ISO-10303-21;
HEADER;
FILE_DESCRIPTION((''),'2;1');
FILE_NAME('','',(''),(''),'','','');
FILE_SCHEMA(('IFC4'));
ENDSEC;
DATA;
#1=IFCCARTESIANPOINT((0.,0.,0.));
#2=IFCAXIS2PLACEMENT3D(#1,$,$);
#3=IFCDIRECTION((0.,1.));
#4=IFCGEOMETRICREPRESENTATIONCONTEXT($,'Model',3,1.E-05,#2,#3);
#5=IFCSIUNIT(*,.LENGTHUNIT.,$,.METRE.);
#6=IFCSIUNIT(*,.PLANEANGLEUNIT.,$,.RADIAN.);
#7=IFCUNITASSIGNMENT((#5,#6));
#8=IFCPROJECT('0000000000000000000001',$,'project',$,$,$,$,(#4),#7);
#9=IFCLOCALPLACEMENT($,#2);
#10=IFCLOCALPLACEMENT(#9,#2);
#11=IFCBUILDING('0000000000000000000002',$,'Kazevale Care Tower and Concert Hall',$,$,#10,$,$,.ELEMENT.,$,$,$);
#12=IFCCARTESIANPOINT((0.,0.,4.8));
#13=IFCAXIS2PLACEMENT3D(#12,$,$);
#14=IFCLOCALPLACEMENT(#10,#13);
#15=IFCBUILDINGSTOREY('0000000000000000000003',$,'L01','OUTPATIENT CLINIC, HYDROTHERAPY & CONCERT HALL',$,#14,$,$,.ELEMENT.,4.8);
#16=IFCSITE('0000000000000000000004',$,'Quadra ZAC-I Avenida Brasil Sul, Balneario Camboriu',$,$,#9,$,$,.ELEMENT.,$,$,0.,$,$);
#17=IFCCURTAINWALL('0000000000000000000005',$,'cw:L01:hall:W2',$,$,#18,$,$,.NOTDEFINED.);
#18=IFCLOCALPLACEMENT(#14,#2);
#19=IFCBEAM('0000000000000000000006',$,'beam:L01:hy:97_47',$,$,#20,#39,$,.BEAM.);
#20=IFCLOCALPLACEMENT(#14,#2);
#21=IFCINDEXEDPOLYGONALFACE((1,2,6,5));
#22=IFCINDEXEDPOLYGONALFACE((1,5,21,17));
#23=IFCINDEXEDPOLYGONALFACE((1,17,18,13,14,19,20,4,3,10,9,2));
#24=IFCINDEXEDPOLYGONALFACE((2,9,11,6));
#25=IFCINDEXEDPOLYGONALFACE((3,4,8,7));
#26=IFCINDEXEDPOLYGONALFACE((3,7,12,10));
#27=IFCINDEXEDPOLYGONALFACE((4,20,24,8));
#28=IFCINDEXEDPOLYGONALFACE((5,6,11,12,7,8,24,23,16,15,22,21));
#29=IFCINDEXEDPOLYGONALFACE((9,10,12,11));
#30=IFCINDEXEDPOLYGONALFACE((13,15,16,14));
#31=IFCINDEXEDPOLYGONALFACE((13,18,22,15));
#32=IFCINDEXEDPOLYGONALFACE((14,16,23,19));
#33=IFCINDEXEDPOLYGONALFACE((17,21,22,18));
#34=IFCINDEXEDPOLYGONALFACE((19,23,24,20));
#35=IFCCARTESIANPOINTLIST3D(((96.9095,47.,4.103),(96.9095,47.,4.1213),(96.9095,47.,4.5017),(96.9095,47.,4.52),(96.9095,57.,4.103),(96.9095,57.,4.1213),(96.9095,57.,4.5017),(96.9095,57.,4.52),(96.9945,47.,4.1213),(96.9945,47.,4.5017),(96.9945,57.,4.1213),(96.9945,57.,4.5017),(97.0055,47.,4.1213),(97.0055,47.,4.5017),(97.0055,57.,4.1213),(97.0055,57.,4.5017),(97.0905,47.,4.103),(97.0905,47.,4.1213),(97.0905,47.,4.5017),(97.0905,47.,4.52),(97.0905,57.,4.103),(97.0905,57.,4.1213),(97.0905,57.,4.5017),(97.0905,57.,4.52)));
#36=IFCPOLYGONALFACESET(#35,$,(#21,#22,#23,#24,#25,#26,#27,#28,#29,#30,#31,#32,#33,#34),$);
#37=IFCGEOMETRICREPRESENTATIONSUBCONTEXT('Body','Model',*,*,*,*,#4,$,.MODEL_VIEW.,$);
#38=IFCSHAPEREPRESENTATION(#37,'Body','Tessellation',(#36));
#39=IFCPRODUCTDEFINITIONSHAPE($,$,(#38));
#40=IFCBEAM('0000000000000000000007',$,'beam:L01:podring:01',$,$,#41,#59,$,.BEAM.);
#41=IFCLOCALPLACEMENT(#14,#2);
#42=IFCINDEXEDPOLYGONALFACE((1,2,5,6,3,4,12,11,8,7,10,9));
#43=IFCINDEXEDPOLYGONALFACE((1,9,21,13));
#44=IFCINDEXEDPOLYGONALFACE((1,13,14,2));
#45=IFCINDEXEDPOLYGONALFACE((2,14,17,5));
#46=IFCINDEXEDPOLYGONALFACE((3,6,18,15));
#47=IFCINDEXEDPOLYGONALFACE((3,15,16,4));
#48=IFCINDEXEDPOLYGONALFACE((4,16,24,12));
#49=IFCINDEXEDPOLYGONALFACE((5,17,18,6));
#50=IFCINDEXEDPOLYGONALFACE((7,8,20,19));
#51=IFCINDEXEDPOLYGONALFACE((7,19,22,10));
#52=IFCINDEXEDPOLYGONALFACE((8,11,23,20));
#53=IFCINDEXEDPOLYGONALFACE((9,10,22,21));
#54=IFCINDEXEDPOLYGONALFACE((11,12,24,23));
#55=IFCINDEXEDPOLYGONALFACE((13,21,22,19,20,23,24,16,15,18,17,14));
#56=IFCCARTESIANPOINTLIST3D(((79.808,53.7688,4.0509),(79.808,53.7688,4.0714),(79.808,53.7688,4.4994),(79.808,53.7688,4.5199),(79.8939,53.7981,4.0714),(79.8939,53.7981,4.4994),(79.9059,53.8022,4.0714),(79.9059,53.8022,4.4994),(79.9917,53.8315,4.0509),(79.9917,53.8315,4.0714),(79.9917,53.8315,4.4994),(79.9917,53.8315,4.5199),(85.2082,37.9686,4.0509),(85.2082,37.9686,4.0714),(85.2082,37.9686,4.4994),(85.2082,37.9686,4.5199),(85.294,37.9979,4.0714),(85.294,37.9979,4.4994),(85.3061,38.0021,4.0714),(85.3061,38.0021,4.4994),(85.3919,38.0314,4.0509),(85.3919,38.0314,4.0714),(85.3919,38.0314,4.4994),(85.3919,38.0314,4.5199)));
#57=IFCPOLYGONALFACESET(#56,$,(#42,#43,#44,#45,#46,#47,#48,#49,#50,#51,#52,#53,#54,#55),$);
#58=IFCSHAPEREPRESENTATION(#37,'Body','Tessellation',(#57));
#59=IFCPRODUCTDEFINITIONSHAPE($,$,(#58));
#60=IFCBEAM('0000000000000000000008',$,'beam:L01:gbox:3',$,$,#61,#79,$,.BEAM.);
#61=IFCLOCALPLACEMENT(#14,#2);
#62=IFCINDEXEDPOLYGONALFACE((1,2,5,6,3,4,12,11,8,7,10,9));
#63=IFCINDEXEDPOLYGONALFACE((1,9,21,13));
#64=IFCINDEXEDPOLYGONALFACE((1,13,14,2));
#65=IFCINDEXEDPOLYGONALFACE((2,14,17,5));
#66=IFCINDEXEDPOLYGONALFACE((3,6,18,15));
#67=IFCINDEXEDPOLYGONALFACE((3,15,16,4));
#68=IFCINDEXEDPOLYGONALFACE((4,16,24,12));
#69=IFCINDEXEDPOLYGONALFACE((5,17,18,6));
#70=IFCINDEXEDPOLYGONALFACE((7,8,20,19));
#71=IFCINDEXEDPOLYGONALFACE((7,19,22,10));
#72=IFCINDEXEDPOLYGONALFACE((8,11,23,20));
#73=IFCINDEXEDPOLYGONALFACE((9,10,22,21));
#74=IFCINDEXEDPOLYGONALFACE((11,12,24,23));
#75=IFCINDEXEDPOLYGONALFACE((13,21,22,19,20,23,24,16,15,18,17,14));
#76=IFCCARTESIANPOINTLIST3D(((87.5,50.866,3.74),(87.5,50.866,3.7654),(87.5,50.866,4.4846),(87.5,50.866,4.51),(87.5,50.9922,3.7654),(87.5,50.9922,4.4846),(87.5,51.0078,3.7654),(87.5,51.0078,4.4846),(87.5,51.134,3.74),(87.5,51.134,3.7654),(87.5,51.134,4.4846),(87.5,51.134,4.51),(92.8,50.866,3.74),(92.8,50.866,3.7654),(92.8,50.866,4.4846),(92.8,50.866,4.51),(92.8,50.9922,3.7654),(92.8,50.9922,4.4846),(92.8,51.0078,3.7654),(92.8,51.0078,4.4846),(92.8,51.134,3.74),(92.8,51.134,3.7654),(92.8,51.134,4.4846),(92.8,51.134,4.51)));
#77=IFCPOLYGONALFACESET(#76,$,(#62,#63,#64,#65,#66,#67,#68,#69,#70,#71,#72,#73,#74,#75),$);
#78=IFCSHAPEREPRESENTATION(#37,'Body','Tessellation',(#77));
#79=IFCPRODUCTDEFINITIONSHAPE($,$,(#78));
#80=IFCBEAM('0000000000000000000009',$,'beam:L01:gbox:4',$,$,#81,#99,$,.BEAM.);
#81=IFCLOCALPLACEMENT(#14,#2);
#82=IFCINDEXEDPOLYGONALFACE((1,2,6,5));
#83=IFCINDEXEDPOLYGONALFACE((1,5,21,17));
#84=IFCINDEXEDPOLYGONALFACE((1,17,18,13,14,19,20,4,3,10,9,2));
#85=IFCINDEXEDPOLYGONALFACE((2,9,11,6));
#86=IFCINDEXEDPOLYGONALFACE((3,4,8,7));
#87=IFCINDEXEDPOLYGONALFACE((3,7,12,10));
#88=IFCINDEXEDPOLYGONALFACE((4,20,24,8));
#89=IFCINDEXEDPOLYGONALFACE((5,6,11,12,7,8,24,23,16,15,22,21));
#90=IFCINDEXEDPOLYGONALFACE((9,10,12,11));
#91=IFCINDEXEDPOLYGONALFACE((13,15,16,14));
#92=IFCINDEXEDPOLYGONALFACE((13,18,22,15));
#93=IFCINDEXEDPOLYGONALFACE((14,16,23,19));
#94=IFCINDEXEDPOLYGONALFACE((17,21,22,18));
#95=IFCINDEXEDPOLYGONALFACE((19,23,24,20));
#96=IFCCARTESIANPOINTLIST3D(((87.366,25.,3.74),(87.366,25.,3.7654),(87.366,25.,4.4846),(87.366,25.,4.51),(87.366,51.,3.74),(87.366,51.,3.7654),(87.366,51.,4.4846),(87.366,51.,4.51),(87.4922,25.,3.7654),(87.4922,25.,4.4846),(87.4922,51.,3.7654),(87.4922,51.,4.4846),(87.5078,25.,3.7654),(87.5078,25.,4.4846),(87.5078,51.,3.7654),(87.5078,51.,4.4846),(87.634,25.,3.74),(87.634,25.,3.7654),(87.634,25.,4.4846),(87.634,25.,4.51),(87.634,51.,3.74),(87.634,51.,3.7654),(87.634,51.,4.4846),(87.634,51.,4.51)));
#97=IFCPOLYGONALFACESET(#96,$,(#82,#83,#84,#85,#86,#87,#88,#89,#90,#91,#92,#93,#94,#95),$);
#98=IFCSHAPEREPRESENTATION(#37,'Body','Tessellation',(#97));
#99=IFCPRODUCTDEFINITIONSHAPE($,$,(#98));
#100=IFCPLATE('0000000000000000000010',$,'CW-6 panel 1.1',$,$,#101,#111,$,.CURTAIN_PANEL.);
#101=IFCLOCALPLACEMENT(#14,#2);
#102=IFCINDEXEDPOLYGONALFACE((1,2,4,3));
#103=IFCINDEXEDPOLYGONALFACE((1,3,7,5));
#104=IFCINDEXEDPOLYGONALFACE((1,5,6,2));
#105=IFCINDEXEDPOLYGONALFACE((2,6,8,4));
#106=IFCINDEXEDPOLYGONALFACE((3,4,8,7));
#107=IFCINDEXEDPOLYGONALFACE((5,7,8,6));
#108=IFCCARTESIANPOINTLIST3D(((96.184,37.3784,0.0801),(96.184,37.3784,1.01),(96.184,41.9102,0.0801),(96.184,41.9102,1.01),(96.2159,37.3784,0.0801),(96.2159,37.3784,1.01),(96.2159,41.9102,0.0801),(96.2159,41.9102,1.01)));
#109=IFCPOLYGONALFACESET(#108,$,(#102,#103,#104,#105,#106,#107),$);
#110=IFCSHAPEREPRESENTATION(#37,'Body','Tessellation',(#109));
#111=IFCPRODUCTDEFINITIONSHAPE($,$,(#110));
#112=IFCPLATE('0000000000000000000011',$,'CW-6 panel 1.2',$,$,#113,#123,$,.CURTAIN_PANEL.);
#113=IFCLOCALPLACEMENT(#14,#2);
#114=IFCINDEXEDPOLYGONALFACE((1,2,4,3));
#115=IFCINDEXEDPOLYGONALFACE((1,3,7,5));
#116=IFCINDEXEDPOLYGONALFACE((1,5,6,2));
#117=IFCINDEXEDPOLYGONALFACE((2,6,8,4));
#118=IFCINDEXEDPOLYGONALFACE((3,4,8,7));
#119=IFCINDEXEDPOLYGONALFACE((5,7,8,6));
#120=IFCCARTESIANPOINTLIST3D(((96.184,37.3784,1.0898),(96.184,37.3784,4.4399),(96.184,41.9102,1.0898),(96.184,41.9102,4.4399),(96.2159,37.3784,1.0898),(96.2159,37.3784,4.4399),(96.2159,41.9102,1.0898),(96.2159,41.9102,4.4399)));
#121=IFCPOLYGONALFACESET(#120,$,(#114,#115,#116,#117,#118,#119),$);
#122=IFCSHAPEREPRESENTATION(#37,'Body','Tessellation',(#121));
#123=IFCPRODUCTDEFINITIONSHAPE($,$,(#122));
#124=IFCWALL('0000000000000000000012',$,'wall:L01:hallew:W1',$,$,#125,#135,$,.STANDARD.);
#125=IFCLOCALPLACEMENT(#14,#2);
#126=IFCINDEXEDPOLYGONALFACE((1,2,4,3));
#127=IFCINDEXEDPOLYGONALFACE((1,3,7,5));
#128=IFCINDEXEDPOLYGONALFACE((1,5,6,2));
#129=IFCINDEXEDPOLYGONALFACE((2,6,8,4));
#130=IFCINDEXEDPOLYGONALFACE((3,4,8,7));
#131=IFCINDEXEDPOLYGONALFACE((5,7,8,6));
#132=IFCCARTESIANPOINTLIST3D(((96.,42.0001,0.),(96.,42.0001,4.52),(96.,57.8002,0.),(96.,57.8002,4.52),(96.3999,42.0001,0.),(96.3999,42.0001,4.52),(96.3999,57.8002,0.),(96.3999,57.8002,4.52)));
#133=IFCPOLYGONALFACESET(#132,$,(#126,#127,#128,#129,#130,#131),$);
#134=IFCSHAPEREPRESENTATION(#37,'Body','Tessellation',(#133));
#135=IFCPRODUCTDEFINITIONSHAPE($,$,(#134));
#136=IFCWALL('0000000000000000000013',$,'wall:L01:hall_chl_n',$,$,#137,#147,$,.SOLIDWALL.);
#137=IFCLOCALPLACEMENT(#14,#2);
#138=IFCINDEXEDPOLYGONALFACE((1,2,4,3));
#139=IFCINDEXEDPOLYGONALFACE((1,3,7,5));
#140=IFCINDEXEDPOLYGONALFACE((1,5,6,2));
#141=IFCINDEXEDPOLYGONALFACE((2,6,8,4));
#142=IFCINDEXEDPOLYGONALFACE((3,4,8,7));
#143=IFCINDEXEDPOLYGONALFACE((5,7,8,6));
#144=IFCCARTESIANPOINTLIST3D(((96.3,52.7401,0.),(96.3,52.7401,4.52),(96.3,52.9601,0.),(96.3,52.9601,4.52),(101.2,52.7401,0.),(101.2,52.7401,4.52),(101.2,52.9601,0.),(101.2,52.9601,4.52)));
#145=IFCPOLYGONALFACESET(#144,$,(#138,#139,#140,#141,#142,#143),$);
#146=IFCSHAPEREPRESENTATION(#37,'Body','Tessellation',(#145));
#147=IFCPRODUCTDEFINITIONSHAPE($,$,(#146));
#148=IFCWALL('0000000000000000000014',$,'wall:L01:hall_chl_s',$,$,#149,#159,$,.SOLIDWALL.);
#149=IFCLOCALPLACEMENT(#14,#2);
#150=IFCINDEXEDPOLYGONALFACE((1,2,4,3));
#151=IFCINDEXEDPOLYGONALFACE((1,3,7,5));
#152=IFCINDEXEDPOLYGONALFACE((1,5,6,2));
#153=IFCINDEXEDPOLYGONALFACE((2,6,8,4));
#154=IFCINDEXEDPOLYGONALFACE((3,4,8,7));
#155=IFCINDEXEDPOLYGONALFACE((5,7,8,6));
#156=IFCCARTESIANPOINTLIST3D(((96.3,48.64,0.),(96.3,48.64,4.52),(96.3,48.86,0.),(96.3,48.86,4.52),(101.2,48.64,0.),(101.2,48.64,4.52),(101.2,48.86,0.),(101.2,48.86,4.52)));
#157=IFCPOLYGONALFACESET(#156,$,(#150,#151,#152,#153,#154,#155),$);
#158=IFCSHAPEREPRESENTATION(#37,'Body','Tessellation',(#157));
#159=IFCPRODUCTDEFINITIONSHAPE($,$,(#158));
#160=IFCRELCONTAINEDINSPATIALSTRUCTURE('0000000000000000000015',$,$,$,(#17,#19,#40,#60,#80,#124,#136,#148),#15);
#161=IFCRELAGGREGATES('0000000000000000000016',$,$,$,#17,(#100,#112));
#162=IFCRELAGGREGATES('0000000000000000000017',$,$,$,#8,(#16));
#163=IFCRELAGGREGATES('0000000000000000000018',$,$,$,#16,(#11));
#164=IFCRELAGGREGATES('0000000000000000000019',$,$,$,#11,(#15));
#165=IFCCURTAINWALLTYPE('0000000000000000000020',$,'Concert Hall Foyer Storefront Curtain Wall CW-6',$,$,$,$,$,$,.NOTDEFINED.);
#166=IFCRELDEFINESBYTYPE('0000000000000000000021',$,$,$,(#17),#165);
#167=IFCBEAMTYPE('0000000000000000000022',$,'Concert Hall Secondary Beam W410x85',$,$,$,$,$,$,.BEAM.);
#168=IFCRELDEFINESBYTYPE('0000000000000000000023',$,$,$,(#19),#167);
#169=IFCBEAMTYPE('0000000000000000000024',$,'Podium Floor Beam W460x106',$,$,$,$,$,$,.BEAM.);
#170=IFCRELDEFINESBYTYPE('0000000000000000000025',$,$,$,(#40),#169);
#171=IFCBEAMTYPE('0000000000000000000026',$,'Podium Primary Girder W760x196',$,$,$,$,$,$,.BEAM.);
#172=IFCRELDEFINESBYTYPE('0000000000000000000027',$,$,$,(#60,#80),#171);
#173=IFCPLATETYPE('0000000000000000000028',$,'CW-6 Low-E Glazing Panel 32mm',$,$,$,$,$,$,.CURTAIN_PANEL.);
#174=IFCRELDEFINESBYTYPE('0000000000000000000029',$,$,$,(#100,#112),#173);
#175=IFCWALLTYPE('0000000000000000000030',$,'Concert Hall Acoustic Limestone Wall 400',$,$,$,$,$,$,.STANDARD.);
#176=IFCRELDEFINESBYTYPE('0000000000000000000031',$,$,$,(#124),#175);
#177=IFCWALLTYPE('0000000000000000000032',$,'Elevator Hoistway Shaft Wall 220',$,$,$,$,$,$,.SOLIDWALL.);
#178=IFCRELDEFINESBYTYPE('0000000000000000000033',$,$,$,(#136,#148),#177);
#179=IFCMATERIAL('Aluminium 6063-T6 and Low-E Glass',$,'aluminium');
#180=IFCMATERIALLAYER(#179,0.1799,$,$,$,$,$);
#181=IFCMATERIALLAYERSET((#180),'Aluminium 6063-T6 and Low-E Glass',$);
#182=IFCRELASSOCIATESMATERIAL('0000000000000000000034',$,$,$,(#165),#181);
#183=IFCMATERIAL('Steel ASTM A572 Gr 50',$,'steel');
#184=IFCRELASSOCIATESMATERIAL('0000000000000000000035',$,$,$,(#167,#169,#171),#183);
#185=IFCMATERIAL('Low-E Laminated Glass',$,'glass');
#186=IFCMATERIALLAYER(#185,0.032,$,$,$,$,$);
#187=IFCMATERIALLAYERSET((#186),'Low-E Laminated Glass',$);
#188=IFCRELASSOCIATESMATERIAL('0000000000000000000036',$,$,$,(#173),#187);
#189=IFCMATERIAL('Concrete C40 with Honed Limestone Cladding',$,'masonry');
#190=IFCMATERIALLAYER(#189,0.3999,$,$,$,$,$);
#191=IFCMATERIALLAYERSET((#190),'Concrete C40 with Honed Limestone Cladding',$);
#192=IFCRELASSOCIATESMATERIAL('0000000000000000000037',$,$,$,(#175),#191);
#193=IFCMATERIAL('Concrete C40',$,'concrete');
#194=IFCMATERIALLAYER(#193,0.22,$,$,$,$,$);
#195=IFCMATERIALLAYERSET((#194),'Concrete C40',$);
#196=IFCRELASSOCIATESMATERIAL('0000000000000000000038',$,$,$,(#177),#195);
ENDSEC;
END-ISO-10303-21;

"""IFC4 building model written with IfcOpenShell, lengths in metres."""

from ifc_helpers import new_model, si_unit, direction, frame, frame_2d, origin, origin_2d, place, context, subcontext, project, spatial, rectangle, i_section, extrude, material, layer, layer_set, material_profile, profile_set, type_object, element, aggregate, save


model = new_model("IFC4")

# Units and contexts
model_context = context("Model", 3, precision=1e-05, world=origin(), true_north=direction((0.0, 1.0)))
body_context = subcontext(model_context, "Body", "Model", "MODEL_VIEW")
ifc_project = project(units=[si_unit("LENGTHUNIT", "METRE"), si_unit("PLANEANGLEUNIT", "RADIAN")], contexts=[model_context])

# Site, building, storey
site_placement = place(None, origin())
site = spatial("IfcSite", under=ifc_project, at=site_placement, Name="Quadra ZAC-I Avenida Brasil Sul, Balneario Camboriu", CompositionType="ELEMENT", RefElevation=0.0)
building_placement = place(site_placement, origin())
building = spatial("IfcBuilding", under=site, at=building_placement, Name="Kazevale Care Tower and Concert Hall", CompositionType="ELEMENT")
storey_placement = place(building_placement, frame((0.0, 0.0, 4.8)))
storey = spatial("IfcBuildingStorey", under=building, at=storey_placement, Name="L01", Description="OUTPATIENT CLINIC, HYDROTHERAPY & CONCERT HALL", CompositionType="ELEMENT", Elevation=4.8)

# Curtain wall
ifc_material_1 = material(Name="Aluminium 6063-T6 and Low-E Glass", Category="aluminium")
ifc_layer_1 = layer(ifc_material_1, 0.1799)
ifc_layer_set_1 = layer_set([ifc_layer_1], Name="Aluminium 6063-T6 and Low-E Glass")
curtain_wall_type_1 = type_object("IfcCurtainWallType", Name="Concert Hall Foyer Storefront Curtain Wall CW-6", PredefinedType="NOTDEFINED", material=ifc_layer_set_1)
curtain_wall_1_placement = place(storey_placement, origin())
curtain_wall_1 = element("IfcCurtainWall", 1, at=curtain_wall_1_placement, inside=storey, type_object=curtain_wall_type_1, Name="cw:L01:hall:W2", PredefinedType="NOTDEFINED")

# Beams
ifc_material_2 = material(Name="Steel ASTM A572 Gr 50", Category="steel")
ifc_material_profile_1 = material_profile(ifc_material_2, i_section(OverallWidth=0.1809, OverallDepth=0.417, WebThickness=0.011, FlangeThickness=0.0183, at=origin_2d()), Name="W410x85")
ifc_profile_set_1 = profile_set([ifc_material_profile_1], Name="Steel ASTM A572 Gr 50")
beam_type_1 = type_object("IfcBeamType", Name="Concert Hall Secondary Beam W410x85", PredefinedType="BEAM", material=ifc_profile_set_1)
beam_1_placement = place(storey_placement, frame((97.0, 47.0, 4.3115), z_axis=(0.0, 1.0, 0.0), x_axis=(-1.0, 0.0, 0.0)))
element("IfcBeam", 2, at=beam_1_placement, inside=storey, type_object=beam_type_1, Name="beam:L01:hy:97_47", PredefinedType="BEAM", context=body_context, shape_type="SweptSolid", body=[
    extrude(i_section(OverallWidth=0.1809, OverallDepth=0.417, WebThickness=0.011, FlangeThickness=0.0183, at=origin_2d()), origin(), (0.0, 0.0, 1.0), 10.0),
])
ifc_material_profile_2 = material_profile(ifc_material_2, i_section(OverallWidth=0.1941, OverallDepth=0.469, WebThickness=0.0127, FlangeThickness=0.0205, at=origin_2d()), Name="W460x106")
ifc_profile_set_2 = profile_set([ifc_material_profile_2], Name="Steel ASTM A572 Gr 50")
beam_type_2 = type_object("IfcBeamType", Name="Podium Floor Beam W460x106", PredefinedType="BEAM", material=ifc_profile_set_2)
beam_2_placement = place(storey_placement, frame((85.3, 38.0, 4.2854), z_axis=(-0.323412, 0.946258, 0.0), x_axis=(-0.946258, -0.323412, 0.0)))
element("IfcBeam", 3, at=beam_2_placement, inside=storey, type_object=beam_type_2, Name="beam:L01:podring:01", PredefinedType="BEAM", context=body_context, shape_type="SweptSolid", body=[
    extrude(i_section(OverallWidth=0.1941, OverallDepth=0.469, WebThickness=0.0127, FlangeThickness=0.0205, at=origin_2d()), origin(), (0.0, 0.0, 1.0), 16.6975),
])
ifc_material_profile_3 = material_profile(ifc_material_2, i_section(OverallWidth=0.2681, OverallDepth=0.77, WebThickness=0.0156, FlangeThickness=0.0254, at=origin_2d()), Name="W760x196")
ifc_profile_set_3 = profile_set([ifc_material_profile_3], Name="Steel ASTM A572 Gr 50")
beam_type_3 = type_object("IfcBeamType", Name="Podium Primary Girder W760x196", PredefinedType="BEAM", material=ifc_profile_set_3)
beam_3_placement = place(storey_placement, frame((92.8, 51.0, 4.125), z_axis=(-1.0, 0.0, 0.0), x_axis=(0.0, -1.0, 0.0)))
element("IfcBeam", 4, at=beam_3_placement, inside=storey, type_object=beam_type_3, Name="beam:L01:gbox:3", PredefinedType="BEAM", context=body_context, shape_type="SweptSolid", body=[
    extrude(i_section(OverallWidth=0.2681, OverallDepth=0.77, WebThickness=0.0156, FlangeThickness=0.0254, at=origin_2d()), origin(), (0.0, 0.0, 1.0), 5.3),
])
beam_4_placement = place(storey_placement, frame((87.5, 51.0, 4.125), z_axis=(0.0, -1.0, 0.0), x_axis=(1.0, 0.0, 0.0)))
element("IfcBeam", 5, at=beam_4_placement, inside=storey, type_object=beam_type_3, Name="beam:L01:gbox:4", PredefinedType="BEAM", context=body_context, shape_type="SweptSolid", body=[
    extrude(i_section(OverallWidth=0.2681, OverallDepth=0.77, WebThickness=0.0156, FlangeThickness=0.0254, at=origin_2d()), origin(), (0.0, 0.0, 1.0), 26.0),
])

# Plates
ifc_material_3 = material(Name="Low-E Laminated Glass", Category="glass")
ifc_layer_2 = layer(ifc_material_3, 0.032)
ifc_layer_set_2 = layer_set([ifc_layer_2], Name="Low-E Laminated Glass")
plate_type = type_object("IfcPlateType", Name="CW-6 Low-E Glazing Panel 32mm", PredefinedType="CURTAIN_PANEL", material=ifc_layer_set_2)
plate_1_placement = place(storey_placement, frame((96.2, 39.6443, 0.0801), z_axis=(0.0, 0.0, 1.0), x_axis=(0.0, -1.0, 0.0)))
plate_1 = element("IfcPlate", 6, at=plate_1_placement, type_object=plate_type, Name="CW-6 panel 1.1", PredefinedType="CURTAIN_PANEL", context=body_context, shape_type="SweptSolid", body=[
    extrude(rectangle(XDim=4.5317, YDim=0.032, at=origin_2d()), origin(), (0.0, 0.0, 1.0), 0.9299),
])
plate_2_placement = place(storey_placement, frame((96.2, 39.6443, 1.0898), z_axis=(0.0, 0.0, 1.0), x_axis=(0.0, -1.0, 0.0)))
plate_2 = element("IfcPlate", 7, at=plate_2_placement, type_object=plate_type, Name="CW-6 panel 1.2", PredefinedType="CURTAIN_PANEL", context=body_context, shape_type="SweptSolid", body=[
    extrude(rectangle(XDim=4.5317, YDim=0.032, at=origin_2d()), origin(), (0.0, 0.0, 1.0), 3.3501),
])
aggregate(curtain_wall_1, [plate_1, plate_2])

# Walls
ifc_material_4 = material(Name="Concrete C40 with Honed Limestone Cladding", Category="masonry")
ifc_layer_3 = layer(ifc_material_4, 0.3999)
ifc_layer_set_3 = layer_set([ifc_layer_3], Name="Concrete C40 with Honed Limestone Cladding")
wall_type_1 = type_object("IfcWallType", Name="Concert Hall Acoustic Limestone Wall 400", PredefinedType="STANDARD", material=ifc_layer_set_3)
wall_1_placement = place(storey_placement, frame((96.2, 57.8, 0.0), z_axis=(0.0, 0.0, 1.0), x_axis=(0.0, -1.0, 0.0)))
element("IfcWall", 8, at=wall_1_placement, inside=storey, type_object=wall_type_1, Name="wall:L01:hallew:W1", PredefinedType="STANDARD", context=body_context, shape_type="SweptSolid", body=[
    extrude(rectangle(XDim=15.8, YDim=0.3999, at=frame_2d((7.8999, 0.0))), origin(), (0.0, 0.0, 1.0), 4.52),
])
ifc_material_5 = material(Name="Concrete C40", Category="concrete")
ifc_layer_4 = layer(ifc_material_5, 0.22)
ifc_layer_set_4 = layer_set([ifc_layer_4], Name="Concrete C40")
wall_type_2 = type_object("IfcWallType", Name="Elevator Hoistway Shaft Wall 220", PredefinedType="SOLIDWALL", material=ifc_layer_set_4)
for number, where, z_axis, x_axis, name in (
    (9, (96.3, 52.8501, 0.0), (0.0, 0.0, 1.0), (1.0, 0.0, 0.0), "wall:L01:hall_chl_n"),
    (10, (96.3, 48.75, 0.0), (0.0, 0.0, 1.0), (1.0, 0.0, 0.0), "wall:L01:hall_chl_s"),
):
    element("IfcWall", number, at=place(storey_placement, frame(where, z_axis=z_axis, x_axis=x_axis)), inside=storey, type_object=wall_type_2, Name=name, PredefinedType="SOLIDWALL", context=body_context, shape_type="SweptSolid", body=[
        extrude(rectangle(XDim=4.8999, YDim=0.22, at=frame_2d((2.45, 0.0))), origin(), (0.0, 0.0, 1.0), 4.52),
    ])

save(model, "model.ifc")
